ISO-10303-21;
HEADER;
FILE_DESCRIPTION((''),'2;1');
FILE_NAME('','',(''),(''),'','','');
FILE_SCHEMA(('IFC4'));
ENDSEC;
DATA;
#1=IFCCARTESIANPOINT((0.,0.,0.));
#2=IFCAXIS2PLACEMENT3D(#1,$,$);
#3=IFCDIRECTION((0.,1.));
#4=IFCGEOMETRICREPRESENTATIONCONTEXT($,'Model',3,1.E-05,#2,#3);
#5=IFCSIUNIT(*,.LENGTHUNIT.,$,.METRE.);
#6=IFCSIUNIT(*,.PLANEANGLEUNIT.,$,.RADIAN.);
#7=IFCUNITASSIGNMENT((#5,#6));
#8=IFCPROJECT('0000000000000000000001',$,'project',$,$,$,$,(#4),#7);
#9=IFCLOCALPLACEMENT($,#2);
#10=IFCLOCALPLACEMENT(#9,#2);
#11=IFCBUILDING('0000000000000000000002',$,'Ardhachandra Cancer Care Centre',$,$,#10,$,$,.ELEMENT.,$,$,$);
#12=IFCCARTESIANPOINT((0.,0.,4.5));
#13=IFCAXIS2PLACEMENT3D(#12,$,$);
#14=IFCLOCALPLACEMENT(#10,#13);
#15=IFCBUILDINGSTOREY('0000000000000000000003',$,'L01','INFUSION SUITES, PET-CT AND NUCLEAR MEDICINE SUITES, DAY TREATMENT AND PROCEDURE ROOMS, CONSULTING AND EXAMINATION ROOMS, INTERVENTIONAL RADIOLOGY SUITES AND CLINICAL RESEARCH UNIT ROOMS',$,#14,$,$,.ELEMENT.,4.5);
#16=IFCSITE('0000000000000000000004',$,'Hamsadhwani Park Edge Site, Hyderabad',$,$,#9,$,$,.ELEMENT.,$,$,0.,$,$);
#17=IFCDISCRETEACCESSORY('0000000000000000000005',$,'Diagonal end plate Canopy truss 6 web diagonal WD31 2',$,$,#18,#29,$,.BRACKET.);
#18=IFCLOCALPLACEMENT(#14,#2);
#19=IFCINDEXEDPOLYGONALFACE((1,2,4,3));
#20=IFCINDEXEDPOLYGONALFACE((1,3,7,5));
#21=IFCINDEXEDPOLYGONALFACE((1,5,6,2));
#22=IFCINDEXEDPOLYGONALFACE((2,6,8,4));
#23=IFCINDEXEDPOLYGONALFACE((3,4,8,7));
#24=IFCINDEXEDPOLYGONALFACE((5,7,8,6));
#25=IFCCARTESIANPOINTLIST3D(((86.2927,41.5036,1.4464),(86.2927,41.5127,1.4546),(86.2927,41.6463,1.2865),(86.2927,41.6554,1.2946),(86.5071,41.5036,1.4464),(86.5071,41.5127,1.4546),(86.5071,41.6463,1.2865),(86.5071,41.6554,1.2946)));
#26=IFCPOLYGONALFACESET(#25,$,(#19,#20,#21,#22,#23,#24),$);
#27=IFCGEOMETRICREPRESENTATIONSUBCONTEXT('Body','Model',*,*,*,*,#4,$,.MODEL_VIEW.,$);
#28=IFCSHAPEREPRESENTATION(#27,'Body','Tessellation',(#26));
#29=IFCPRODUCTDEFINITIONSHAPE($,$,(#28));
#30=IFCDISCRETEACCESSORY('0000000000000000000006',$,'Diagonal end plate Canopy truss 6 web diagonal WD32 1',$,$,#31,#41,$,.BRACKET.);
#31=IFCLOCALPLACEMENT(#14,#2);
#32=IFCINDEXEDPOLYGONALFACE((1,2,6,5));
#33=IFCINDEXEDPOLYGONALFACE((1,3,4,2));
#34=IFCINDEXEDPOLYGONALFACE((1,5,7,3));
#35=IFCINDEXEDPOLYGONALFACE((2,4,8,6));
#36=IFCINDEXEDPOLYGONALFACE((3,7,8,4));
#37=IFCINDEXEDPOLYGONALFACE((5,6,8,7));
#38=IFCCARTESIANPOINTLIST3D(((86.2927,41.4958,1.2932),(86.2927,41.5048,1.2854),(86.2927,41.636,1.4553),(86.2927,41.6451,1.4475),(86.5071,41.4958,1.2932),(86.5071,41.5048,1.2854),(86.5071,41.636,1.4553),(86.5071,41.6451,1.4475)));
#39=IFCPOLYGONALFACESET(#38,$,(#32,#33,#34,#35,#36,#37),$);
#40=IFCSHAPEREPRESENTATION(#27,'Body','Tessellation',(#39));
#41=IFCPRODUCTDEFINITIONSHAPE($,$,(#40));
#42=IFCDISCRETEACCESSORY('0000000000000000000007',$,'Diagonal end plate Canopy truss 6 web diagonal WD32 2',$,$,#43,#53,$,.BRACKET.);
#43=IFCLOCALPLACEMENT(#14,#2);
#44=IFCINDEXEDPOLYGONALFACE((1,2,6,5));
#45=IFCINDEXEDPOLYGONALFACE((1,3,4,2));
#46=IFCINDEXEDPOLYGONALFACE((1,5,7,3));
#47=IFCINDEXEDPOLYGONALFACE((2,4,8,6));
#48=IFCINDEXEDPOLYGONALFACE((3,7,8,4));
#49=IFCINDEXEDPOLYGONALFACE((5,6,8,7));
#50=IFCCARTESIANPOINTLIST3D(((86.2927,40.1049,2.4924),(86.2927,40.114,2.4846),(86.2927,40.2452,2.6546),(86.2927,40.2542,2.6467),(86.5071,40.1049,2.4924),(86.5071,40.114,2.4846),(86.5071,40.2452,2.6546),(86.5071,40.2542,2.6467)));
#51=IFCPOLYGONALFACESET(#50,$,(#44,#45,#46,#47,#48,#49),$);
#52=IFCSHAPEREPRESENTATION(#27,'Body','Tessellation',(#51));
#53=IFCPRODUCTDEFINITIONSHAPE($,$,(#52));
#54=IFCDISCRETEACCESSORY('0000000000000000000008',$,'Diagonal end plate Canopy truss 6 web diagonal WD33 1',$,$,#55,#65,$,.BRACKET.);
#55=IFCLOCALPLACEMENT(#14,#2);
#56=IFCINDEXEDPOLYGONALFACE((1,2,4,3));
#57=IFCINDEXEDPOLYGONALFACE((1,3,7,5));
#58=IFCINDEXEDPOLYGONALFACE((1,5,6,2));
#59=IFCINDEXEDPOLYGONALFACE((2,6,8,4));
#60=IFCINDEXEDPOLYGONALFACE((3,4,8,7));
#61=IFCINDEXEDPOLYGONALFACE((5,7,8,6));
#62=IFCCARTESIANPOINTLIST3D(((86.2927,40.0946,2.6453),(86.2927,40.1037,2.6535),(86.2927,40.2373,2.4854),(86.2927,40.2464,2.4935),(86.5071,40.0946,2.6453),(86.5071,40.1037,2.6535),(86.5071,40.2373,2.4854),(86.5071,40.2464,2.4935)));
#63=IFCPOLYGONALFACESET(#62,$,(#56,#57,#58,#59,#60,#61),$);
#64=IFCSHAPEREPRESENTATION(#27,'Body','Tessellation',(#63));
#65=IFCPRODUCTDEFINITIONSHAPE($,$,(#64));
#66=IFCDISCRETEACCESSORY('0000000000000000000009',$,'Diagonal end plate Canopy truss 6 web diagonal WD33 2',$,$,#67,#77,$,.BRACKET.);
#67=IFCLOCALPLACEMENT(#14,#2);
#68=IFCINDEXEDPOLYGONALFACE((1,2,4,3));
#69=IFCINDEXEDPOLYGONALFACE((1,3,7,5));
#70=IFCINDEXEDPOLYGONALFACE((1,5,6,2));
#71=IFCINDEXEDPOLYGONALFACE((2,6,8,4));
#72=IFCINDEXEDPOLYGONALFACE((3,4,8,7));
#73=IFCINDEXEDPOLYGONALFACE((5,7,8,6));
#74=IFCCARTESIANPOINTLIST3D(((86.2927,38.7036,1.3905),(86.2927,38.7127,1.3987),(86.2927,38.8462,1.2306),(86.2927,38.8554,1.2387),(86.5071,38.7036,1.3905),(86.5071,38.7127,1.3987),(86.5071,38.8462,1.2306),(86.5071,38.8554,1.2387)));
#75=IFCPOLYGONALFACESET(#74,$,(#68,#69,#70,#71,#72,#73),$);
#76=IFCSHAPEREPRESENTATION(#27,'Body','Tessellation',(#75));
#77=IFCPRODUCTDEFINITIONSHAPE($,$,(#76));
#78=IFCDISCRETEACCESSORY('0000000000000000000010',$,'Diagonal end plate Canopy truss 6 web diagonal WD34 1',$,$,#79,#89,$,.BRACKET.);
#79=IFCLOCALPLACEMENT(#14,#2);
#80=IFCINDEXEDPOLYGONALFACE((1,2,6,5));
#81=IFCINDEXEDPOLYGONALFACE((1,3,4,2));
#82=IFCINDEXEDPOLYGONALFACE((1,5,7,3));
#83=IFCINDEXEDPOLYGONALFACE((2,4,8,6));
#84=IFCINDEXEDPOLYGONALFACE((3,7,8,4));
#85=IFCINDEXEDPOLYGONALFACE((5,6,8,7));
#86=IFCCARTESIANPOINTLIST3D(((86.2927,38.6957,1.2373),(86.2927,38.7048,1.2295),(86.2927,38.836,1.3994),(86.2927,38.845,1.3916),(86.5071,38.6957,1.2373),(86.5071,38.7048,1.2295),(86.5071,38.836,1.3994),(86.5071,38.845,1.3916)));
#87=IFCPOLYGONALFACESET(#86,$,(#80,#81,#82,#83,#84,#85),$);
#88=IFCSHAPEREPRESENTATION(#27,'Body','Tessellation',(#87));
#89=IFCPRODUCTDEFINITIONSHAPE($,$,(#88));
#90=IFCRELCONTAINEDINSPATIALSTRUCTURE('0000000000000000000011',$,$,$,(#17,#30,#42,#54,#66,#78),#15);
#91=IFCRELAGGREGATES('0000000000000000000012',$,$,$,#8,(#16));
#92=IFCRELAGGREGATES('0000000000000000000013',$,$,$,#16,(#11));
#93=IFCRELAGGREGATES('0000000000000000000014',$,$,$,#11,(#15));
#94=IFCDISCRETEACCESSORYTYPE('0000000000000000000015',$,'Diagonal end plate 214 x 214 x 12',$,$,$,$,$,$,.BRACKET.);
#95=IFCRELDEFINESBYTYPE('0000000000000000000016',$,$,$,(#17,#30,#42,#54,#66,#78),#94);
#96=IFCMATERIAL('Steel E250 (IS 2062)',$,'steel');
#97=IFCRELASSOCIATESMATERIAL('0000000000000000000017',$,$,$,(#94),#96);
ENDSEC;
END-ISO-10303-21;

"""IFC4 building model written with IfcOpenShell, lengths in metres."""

from ifc_helpers import new_model, si_unit, direction, frame, origin, origin_2d, place, context, subcontext, project, spatial, rectangle, extrude, material, material_profile, profile_set, type_object, element, save


model = new_model("IFC4")

# Units and contexts
model_context = context("Model", 3, precision=1e-05, world=origin(), true_north=direction((0.0, 1.0)))
body_context = subcontext(model_context, "Body", "Model", "MODEL_VIEW")
ifc_project = project(units=[si_unit("LENGTHUNIT", "METRE"), si_unit("PLANEANGLEUNIT", "RADIAN")], contexts=[model_context])

# Site, building, storey
site_placement = place(None, origin())
site = spatial("IfcSite", under=ifc_project, at=site_placement, Name="Hamsadhwani Park Edge Site, Hyderabad", CompositionType="ELEMENT", RefElevation=0.0)
building_placement = place(site_placement, origin())
building = spatial("IfcBuilding", under=site, at=building_placement, Name="Ardhachandra Cancer Care Centre", CompositionType="ELEMENT")
storey_placement = place(building_placement, frame((0.0, 0.0, 4.5)))
storey = spatial("IfcBuildingStorey", under=building, at=storey_placement, Name="L01", Description="INFUSION SUITES, PET-CT AND NUCLEAR MEDICINE SUITES, DAY TREATMENT AND PROCEDURE ROOMS, CONSULTING AND EXAMINATION ROOMS, INTERVENTIONAL RADIOLOGY SUITES AND CLINICAL RESEARCH UNIT ROOMS", CompositionType="ELEMENT", Elevation=4.5)

# Discrete accessories
ifc_material_1 = material(Name="Steel E250 (IS 2062)", Category="steel")
ifc_material_profile_1 = material_profile(ifc_material_1, rectangle(XDim=0.2144, YDim=0.2144, at=origin_2d()), Name="PL 214x214x12")
ifc_profile_set_1 = profile_set([ifc_material_profile_1], Name="Steel E250 (IS 2062)")
discrete_accessory_type = type_object("IfcDiscreteAccessoryType", Name="Diagonal end plate 214 x 214 x 12", PredefinedType="BRACKET", material=ifc_profile_set_1)
discrete_accessory_1_placement = place(storey_placement, frame((86.3999, 41.575, 1.3665), z_axis=(0.0, 0.746295, 0.665615), x_axis=(-1.0, 0.0, 0.0)))
element("IfcDiscreteAccessory", 1, at=discrete_accessory_1_placement, inside=storey, type_object=discrete_accessory_type, Name="Diagonal end plate Canopy truss 6 web diagonal WD31 2", PredefinedType="BRACKET", context=body_context, shape_type="SweptSolid", body=[
    extrude(rectangle(XDim=0.2144, YDim=0.2144, at=origin_2d()), origin(), (0.0, 0.0, 1.0), 0.0122),
])
for number, where, z_axis, x_axis, name in (
    (2, (86.3999, 41.575, 1.3665), (0.0, -0.756363, 0.654152), (1.0, 0.0, 0.0), "Diagonal end plate Canopy truss 6 web diagonal WD32 1"),
    (3, (86.3999, 40.175, 2.5735), (0.0, 0.756363, -0.654152), (-1.0, 0.0, 0.0), "Diagonal end plate Canopy truss 6 web diagonal WD32 2"),
):
    element("IfcDiscreteAccessory", number, at=place(storey_placement, frame(where, z_axis=z_axis, x_axis=x_axis)), inside=storey, type_object=discrete_accessory_type, Name=name, PredefinedType="BRACKET", context=body_context, shape_type="SweptSolid", body=[
        extrude(rectangle(XDim=0.2144, YDim=0.2144, at=origin_2d()), origin(), (0.0, 0.0, 1.0), 0.012),
    ])
for number, where, z_axis, x_axis, name in (
    (4, (86.3999, 40.175, 2.5735), (0.0, -0.746295, -0.665615), (1.0, 0.0, 0.0), "Diagonal end plate Canopy truss 6 web diagonal WD33 1"),
    (5, (86.3999, 38.7749, 1.3105), (0.0, 0.746295, 0.665615), (-1.0, 0.0, 0.0), "Diagonal end plate Canopy truss 6 web diagonal WD33 2"),
):
    element("IfcDiscreteAccessory", number, at=place(storey_placement, frame(where, z_axis=z_axis, x_axis=x_axis)), inside=storey, type_object=discrete_accessory_type, Name=name, PredefinedType="BRACKET", context=body_context, shape_type="SweptSolid", body=[
        extrude(rectangle(XDim=0.2144, YDim=0.2144, at=origin_2d()), origin(), (0.0, 0.0, 1.0), 0.0122),
    ])
discrete_accessory_2_placement = place(storey_placement, frame((86.3999, 38.7749, 1.3105), z_axis=(0.0, -0.756363, 0.654152), x_axis=(1.0, 0.0, 0.0)))
element("IfcDiscreteAccessory", 6, at=discrete_accessory_2_placement, inside=storey, type_object=discrete_accessory_type, Name="Diagonal end plate Canopy truss 6 web diagonal WD34 1", PredefinedType="BRACKET", context=body_context, shape_type="SweptSolid", body=[
    extrude(rectangle(XDim=0.2144, YDim=0.2144, at=origin_2d()), origin(), (0.0, 0.0, 1.0), 0.012),
])

save(model, "model.ifc")
